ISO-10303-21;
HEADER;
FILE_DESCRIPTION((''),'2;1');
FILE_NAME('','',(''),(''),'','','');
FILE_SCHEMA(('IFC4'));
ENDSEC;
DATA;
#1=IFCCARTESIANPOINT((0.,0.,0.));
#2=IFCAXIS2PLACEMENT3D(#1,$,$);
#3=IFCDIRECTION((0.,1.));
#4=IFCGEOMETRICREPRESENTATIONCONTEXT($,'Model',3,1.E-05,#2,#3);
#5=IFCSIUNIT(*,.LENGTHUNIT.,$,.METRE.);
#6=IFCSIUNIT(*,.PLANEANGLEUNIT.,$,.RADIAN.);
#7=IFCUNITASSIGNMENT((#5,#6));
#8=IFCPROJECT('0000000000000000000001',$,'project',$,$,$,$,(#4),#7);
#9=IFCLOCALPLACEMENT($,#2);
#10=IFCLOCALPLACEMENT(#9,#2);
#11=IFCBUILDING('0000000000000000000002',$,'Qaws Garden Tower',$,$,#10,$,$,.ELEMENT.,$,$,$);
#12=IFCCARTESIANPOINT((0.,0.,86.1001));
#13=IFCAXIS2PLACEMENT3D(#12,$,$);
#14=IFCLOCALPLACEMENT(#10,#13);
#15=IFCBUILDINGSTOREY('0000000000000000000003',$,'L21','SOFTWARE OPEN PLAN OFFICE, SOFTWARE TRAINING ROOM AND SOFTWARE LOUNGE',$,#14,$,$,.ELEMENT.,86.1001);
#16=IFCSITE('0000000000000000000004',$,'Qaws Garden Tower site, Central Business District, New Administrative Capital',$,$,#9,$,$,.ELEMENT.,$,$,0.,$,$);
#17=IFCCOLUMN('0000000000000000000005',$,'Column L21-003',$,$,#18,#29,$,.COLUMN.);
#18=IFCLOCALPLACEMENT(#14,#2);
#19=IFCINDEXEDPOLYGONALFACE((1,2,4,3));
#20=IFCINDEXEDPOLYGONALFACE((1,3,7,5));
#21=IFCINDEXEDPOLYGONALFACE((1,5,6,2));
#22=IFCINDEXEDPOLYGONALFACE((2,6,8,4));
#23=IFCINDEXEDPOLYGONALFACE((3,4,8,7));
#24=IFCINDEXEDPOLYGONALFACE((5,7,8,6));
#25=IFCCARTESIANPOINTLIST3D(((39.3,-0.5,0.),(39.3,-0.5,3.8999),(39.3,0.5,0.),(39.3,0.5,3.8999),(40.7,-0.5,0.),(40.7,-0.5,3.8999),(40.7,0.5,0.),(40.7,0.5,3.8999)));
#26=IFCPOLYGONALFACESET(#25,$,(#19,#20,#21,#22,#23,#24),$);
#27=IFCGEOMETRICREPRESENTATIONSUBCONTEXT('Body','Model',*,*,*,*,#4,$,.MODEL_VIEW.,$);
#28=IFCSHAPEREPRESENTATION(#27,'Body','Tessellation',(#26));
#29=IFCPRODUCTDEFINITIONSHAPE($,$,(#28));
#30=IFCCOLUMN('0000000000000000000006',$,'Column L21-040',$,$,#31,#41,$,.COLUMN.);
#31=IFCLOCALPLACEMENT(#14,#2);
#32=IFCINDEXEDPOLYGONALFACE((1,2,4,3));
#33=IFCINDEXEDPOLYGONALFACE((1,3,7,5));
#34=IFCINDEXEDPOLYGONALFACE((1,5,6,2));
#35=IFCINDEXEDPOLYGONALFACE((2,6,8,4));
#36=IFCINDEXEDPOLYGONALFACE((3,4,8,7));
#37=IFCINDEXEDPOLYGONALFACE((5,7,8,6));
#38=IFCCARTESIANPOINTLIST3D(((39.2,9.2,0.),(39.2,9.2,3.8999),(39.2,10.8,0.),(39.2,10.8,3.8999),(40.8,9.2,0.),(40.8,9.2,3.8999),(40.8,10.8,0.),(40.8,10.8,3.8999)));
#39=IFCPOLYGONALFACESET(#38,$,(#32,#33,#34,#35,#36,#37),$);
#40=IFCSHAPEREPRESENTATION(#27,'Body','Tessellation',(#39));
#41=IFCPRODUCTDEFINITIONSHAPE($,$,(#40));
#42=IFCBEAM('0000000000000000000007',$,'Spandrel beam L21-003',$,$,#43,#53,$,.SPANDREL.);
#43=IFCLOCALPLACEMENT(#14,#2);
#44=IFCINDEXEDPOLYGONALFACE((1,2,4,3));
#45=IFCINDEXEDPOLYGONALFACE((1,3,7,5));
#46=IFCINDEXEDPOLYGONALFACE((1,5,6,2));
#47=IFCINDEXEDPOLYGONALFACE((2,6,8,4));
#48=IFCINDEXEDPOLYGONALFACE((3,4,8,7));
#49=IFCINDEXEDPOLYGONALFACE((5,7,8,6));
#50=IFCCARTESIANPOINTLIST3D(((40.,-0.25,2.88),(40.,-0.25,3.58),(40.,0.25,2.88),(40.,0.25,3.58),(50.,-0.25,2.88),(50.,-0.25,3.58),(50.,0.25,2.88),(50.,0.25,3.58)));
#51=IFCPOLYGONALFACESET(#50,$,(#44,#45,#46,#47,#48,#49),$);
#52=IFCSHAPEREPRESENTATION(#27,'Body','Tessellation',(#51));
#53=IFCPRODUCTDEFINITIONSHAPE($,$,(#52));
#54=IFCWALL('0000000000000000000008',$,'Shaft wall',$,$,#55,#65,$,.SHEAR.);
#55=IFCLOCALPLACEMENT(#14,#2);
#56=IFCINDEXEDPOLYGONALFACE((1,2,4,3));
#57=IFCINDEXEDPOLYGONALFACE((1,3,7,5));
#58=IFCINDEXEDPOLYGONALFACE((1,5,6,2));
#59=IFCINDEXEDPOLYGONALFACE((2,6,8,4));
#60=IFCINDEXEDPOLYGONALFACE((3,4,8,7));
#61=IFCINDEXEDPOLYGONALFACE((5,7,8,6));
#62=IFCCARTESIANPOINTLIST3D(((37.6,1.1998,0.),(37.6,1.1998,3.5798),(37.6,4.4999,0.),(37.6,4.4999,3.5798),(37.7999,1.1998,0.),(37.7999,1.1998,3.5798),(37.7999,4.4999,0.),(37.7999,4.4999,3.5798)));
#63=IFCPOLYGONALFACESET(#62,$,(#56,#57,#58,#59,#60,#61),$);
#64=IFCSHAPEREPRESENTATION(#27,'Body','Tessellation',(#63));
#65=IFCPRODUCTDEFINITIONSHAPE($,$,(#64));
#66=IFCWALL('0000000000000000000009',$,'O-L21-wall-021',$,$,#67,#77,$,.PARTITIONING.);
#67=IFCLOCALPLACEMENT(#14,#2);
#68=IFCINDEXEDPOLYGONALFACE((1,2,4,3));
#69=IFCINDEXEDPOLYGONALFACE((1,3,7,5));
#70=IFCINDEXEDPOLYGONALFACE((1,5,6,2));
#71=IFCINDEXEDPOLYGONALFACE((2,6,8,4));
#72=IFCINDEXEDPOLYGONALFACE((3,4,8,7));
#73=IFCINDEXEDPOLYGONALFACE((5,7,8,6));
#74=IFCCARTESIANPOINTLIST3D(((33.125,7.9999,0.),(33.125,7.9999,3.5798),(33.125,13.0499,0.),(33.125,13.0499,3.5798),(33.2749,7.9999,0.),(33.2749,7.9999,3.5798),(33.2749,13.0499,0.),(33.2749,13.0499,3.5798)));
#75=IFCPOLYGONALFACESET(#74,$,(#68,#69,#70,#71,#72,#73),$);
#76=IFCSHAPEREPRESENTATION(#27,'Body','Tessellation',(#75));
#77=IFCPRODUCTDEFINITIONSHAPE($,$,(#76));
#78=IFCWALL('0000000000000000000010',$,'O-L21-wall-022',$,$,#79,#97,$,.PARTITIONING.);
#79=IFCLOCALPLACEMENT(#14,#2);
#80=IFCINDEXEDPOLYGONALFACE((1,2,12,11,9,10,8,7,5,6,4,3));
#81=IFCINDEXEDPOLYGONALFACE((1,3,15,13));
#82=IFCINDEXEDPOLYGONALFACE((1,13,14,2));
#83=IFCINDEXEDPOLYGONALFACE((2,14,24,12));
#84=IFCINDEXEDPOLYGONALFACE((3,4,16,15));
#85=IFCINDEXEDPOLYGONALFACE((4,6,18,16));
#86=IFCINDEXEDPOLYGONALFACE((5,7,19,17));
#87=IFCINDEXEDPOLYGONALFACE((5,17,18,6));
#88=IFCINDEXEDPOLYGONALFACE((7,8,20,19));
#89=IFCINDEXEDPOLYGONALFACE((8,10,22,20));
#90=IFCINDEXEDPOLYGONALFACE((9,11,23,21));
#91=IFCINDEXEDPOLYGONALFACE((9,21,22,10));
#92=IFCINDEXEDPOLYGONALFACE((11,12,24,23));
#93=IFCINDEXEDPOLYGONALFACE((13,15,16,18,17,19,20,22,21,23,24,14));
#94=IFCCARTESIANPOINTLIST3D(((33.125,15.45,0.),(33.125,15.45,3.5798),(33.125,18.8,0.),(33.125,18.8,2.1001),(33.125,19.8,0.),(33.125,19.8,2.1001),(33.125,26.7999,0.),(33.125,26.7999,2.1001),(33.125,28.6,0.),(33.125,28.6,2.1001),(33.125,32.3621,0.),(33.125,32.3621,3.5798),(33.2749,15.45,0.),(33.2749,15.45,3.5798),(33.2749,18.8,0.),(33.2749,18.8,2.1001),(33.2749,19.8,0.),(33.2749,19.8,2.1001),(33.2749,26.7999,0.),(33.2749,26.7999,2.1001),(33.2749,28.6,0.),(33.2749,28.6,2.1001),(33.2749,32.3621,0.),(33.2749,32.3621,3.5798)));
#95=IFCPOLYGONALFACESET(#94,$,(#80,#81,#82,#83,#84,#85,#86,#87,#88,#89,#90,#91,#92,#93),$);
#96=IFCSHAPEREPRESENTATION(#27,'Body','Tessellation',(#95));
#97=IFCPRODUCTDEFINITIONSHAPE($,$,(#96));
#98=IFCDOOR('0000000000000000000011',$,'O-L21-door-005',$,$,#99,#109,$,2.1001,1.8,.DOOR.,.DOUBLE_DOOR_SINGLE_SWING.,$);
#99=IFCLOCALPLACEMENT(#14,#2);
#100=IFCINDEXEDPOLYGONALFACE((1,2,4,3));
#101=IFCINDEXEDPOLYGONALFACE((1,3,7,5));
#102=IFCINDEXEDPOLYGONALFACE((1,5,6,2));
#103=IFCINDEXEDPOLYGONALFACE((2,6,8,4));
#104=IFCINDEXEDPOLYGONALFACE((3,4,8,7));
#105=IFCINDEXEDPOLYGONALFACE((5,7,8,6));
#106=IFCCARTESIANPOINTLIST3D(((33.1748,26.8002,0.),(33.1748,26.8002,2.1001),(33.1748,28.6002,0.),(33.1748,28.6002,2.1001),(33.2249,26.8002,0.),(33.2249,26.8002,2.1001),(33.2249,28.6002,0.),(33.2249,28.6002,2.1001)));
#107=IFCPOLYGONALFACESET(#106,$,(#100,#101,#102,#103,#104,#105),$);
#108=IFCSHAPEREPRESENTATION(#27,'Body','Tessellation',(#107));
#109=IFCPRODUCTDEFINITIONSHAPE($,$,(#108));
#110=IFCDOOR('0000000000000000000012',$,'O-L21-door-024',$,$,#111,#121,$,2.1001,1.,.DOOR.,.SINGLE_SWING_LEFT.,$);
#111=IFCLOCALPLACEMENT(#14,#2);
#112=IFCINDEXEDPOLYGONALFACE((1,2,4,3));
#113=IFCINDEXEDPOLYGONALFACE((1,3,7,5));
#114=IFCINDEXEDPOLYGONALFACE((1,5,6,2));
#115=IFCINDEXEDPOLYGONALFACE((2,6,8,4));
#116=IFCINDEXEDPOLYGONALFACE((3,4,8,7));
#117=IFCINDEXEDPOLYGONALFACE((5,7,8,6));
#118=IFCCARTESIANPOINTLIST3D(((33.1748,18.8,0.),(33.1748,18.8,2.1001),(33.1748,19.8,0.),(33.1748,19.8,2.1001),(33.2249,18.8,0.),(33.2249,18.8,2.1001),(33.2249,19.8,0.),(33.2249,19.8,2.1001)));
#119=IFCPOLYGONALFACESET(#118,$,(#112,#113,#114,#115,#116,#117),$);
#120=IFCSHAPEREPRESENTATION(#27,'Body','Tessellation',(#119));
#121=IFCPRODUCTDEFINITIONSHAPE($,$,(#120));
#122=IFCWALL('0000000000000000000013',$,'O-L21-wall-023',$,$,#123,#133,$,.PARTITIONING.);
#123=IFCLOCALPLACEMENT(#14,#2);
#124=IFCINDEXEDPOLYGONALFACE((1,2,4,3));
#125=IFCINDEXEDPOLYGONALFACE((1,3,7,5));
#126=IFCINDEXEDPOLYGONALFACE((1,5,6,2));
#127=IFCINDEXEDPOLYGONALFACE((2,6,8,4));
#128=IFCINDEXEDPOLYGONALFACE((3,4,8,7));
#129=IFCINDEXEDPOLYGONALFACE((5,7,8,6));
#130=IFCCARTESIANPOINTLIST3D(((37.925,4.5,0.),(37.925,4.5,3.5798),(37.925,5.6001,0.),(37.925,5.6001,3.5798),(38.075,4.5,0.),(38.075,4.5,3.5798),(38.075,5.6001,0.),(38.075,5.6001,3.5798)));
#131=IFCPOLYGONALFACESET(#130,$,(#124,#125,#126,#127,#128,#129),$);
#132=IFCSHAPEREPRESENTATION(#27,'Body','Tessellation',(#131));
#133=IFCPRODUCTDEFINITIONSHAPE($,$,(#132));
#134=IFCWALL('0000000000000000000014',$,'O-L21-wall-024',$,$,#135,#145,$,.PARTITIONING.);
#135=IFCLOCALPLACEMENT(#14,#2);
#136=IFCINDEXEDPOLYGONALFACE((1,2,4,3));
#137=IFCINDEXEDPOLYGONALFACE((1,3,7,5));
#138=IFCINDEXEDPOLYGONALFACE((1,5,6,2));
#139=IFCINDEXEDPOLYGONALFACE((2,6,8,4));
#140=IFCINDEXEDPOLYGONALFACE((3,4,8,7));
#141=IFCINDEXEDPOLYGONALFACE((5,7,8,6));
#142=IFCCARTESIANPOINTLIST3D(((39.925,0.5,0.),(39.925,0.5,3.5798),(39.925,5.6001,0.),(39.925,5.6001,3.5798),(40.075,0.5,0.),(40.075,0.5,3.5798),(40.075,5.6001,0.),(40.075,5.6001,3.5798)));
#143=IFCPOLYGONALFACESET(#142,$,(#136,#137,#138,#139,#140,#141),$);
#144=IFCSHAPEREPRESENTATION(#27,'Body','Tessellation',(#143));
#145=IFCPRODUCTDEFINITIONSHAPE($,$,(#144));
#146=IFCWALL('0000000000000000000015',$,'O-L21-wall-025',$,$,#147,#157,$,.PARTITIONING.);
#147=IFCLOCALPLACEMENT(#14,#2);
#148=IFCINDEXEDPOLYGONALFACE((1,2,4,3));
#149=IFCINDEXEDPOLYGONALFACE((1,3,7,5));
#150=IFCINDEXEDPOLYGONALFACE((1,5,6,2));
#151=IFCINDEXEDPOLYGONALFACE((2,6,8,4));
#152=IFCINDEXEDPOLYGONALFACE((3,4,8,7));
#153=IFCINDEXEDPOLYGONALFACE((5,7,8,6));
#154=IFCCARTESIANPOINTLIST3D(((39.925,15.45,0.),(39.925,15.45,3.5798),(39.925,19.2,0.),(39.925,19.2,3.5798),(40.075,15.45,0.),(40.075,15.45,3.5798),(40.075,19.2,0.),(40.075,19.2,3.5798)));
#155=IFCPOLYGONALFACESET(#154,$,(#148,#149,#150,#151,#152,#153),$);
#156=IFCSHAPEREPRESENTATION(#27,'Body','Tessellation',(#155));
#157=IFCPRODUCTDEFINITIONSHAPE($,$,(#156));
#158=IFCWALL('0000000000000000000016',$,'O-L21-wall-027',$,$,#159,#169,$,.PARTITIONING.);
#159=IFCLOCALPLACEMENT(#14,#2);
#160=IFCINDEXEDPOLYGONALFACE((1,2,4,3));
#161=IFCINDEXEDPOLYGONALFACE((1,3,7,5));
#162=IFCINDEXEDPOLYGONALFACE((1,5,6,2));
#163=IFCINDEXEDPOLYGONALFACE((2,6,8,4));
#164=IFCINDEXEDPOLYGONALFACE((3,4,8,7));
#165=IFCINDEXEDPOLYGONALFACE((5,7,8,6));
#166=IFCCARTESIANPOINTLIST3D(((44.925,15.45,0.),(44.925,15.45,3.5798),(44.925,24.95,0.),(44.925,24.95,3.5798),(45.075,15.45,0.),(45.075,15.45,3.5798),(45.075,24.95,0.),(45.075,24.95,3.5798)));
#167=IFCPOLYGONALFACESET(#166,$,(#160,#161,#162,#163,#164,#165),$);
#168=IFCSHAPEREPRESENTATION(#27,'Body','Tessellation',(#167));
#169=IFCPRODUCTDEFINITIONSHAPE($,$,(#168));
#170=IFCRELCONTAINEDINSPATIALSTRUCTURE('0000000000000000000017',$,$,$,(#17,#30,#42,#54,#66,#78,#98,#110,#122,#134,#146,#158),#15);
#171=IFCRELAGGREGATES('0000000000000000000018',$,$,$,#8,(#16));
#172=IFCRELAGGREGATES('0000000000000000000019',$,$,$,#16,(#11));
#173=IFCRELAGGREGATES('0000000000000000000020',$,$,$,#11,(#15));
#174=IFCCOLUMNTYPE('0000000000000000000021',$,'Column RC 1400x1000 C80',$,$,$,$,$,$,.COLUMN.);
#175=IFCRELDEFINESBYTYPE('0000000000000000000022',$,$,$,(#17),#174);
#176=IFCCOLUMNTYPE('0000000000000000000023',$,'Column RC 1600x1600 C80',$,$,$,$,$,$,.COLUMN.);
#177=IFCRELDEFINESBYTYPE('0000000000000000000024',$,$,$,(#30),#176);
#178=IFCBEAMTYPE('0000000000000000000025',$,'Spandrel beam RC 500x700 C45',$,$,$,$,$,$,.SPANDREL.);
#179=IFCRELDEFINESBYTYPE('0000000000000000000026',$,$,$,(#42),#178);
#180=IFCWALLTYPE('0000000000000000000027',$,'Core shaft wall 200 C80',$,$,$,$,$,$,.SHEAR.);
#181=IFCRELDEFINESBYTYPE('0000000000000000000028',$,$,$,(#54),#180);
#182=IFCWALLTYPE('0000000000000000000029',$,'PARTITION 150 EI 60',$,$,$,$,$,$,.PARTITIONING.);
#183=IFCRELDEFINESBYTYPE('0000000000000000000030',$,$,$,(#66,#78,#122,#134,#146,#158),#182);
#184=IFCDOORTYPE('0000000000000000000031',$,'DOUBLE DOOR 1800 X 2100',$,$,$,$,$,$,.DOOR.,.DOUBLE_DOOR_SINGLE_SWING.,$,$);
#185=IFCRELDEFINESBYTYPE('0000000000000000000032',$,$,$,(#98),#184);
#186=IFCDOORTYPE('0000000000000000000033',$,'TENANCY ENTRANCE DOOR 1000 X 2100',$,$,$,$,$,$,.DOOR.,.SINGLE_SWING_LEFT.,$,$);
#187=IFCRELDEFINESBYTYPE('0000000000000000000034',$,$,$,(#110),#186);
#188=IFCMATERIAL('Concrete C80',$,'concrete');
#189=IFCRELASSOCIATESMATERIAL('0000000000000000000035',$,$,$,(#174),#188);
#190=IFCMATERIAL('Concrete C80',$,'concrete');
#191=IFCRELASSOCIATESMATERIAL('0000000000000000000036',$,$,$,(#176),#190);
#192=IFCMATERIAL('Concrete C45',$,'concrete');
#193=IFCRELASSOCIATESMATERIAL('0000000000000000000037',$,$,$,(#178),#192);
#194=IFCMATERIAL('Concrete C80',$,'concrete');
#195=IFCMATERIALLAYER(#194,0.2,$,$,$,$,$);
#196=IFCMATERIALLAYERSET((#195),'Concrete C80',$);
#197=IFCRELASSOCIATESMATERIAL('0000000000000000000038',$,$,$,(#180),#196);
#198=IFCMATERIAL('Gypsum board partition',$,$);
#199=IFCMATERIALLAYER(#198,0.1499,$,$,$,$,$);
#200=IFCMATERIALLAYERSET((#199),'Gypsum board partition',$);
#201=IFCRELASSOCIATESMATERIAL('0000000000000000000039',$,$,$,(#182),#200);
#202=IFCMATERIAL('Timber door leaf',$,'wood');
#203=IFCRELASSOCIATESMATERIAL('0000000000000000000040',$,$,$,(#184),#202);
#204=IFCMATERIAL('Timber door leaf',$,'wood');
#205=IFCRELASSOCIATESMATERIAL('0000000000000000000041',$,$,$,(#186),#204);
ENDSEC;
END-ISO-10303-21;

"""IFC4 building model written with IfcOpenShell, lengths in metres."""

from ifc_helpers import new_model, si_unit, direction, frame, frame_2d, origin, origin_2d, place, context, subcontext, project, spatial, rectangle, extrude, material, layer, layer_set, material_profile, profile_set, type_object, element, fill, save


model = new_model("IFC4")

# Units and contexts
model_context = context("Model", 3, precision=1e-05, world=origin(), true_north=direction((0.0, 1.0)))
body_context = subcontext(model_context, "Body", "Model", "MODEL_VIEW")
ifc_project = project(units=[si_unit("LENGTHUNIT", "METRE"), si_unit("PLANEANGLEUNIT", "RADIAN")], contexts=[model_context])

# Site, building, storey
site_placement = place(None, origin())
site = spatial("IfcSite", under=ifc_project, at=site_placement, Name="Qaws Garden Tower site, Central Business District, New Administrative Capital", CompositionType="ELEMENT", RefElevation=0.0)
building_placement = place(site_placement, origin())
building = spatial("IfcBuilding", under=site, at=building_placement, Name="Qaws Garden Tower", CompositionType="ELEMENT")
storey_placement = place(building_placement, frame((0.0, 0.0, 86.1001)))
storey = spatial("IfcBuildingStorey", under=building, at=storey_placement, Name="L21", Description="SOFTWARE OPEN PLAN OFFICE, SOFTWARE TRAINING ROOM AND SOFTWARE LOUNGE", CompositionType="ELEMENT", Elevation=86.1001)

# Columns
ifc_material_1 = material(Name="Concrete C80", Category="concrete")
ifc_material_profile_1 = material_profile(ifc_material_1, rectangle(XDim=1.3999, YDim=1.0, at=origin_2d()), Name="RC 1400x1000")
ifc_profile_set_1 = profile_set([ifc_material_profile_1], Name="Concrete C80")
column_type_1 = type_object("IfcColumnType", Name="Column RC 1400x1000 C80", PredefinedType="COLUMN", material=ifc_profile_set_1)
column_1_placement = place(storey_placement, frame((40.0, 0.0, 0.0), z_axis=(0.0, 0.0, 1.0), x_axis=(1.0, 0.0, 0.0)))
element("IfcColumn", 1, at=column_1_placement, inside=storey, type_object=column_type_1, Name="Column L21-003", PredefinedType="COLUMN", context=body_context, shape_type="SweptSolid", body=[
    extrude(rectangle(XDim=1.3999, YDim=1.0, at=origin_2d()), origin(), (0.0, 0.0, 1.0), 3.8999),
])
ifc_material_2 = material(Name="Concrete C80", Category="concrete")
ifc_material_profile_2 = material_profile(ifc_material_2, rectangle(XDim=1.6001, YDim=1.6001, at=origin_2d()), Name="RC 1600x1600")
ifc_profile_set_2 = profile_set([ifc_material_profile_2], Name="Concrete C80")
column_type_2 = type_object("IfcColumnType", Name="Column RC 1600x1600 C80", PredefinedType="COLUMN", material=ifc_profile_set_2)
column_2_placement = place(storey_placement, frame((40.0, 10.0, 0.0), z_axis=(0.0, 0.0, 1.0), x_axis=(1.0, 0.0, 0.0)))
element("IfcColumn", 2, at=column_2_placement, inside=storey, type_object=column_type_2, Name="Column L21-040", PredefinedType="COLUMN", context=body_context, shape_type="SweptSolid", body=[
    extrude(rectangle(XDim=1.6001, YDim=1.6001, at=origin_2d()), origin(), (0.0, 0.0, 1.0), 3.8999),
])

# Beam
ifc_material_3 = material(Name="Concrete C45", Category="concrete")
ifc_material_profile_3 = material_profile(ifc_material_3, rectangle(XDim=0.5, YDim=0.7, at=origin_2d()), Name="RC 500x700")
ifc_profile_set_3 = profile_set([ifc_material_profile_3], Name="Concrete C45")
beam_type = type_object("IfcBeamType", Name="Spandrel beam RC 500x700 C45", PredefinedType="SPANDREL", material=ifc_profile_set_3)
beam_placement = place(storey_placement, frame((40.0, 0.0, 3.23), z_axis=(1.0, 0.0, 0.0), x_axis=(0.0, 1.0, 0.0)))
element("IfcBeam", 3, at=beam_placement, inside=storey, type_object=beam_type, Name="Spandrel beam L21-003", PredefinedType="SPANDREL", context=body_context, shape_type="SweptSolid", body=[
    extrude(rectangle(XDim=0.5, YDim=0.7, at=origin_2d()), origin(), (0.0, 0.0, 1.0), 10.0),
])

# Walls
ifc_material_4 = material(Name="Concrete C80", Category="concrete")
ifc_layer_1 = layer(ifc_material_4, 0.2)
ifc_layer_set_1 = layer_set([ifc_layer_1], Name="Concrete C80")
wall_type_1 = type_object("IfcWallType", Name="Core shaft wall 200 C80", PredefinedType="SHEAR", material=ifc_layer_set_1)
wall_1_placement = place(storey_placement, frame((37.7, 1.2, 0.0), z_axis=(0.0, 0.0, 1.0), x_axis=(0.0, 1.0, 0.0)))
element("IfcWall", 4, at=wall_1_placement, inside=storey, type_object=wall_type_1, Name="Shaft wall", PredefinedType="SHEAR", context=body_context, shape_type="SweptSolid", body=[
    extrude(rectangle(XDim=3.3, YDim=0.2, at=frame_2d((1.6499, 0.0))), origin(), (0.0, 0.0, 1.0), 3.5798),
])
ifc_material_5 = material(Name="Gypsum board partition")
ifc_layer_2 = layer(ifc_material_5, 0.1499)
ifc_layer_set_2 = layer_set([ifc_layer_2], Name="Gypsum board partition")
wall_type_2 = type_object("IfcWallType", Name="PARTITION 150 EI 60", PredefinedType="PARTITIONING", material=ifc_layer_set_2)
wall_2_placement = place(storey_placement, frame((33.2, 8.0, 0.0), z_axis=(0.0, 0.0, 1.0), x_axis=(0.0, 1.0, 0.0)))
element("IfcWall", 5, at=wall_2_placement, inside=storey, type_object=wall_type_2, Name="O-L21-wall-021", PredefinedType="PARTITIONING", context=body_context, shape_type="SweptSolid", body=[
    extrude(rectangle(XDim=5.05, YDim=0.1499, at=frame_2d((2.5249, 0.0))), origin(), (0.0, 0.0, 1.0), 3.5798),
])

# Wall, openings, doors
wall_3_placement = place(storey_placement, frame((33.2, 15.45, 0.0), z_axis=(0.0, 0.0, 1.0), x_axis=(0.0, 1.0, 0.0)))
wall_3 = element("IfcWall", 6, at=wall_3_placement, inside=storey, type_object=wall_type_2, Name="O-L21-wall-022", PredefinedType="PARTITIONING", context=body_context, shape_type="SweptSolid", body=[
    extrude(rectangle(XDim=16.9121, YDim=0.1499, at=frame_2d((8.4561, 0.0))), origin(), (0.0, 0.0, 1.0), 3.5798),
])
opening_1_placement = place(wall_3_placement, frame((11.3501, 0.0, 0.0)))
opening_1 = element("IfcOpeningElement", 7, at=opening_1_placement, cuts=wall_3, PredefinedType="OPENING", context=body_context, shape_type="SweptSolid", body=[
    extrude(rectangle(XDim=1.8, YDim=2.1001, at=frame_2d((0.8999, 1.05))), frame((0.0, 0.085, 0.0), z_axis=(0.0, -1.0, 0.0), x_axis=(1.0, 0.0, 0.0)), (0.0, 0.0, 1.0), 0.1699),
])
opening_2_placement = place(wall_3_placement, frame((3.3501, 0.0, 0.0)))
opening_2 = element("IfcOpeningElement", 8, at=opening_2_placement, cuts=wall_3, PredefinedType="OPENING", context=body_context, shape_type="SweptSolid", body=[
    extrude(rectangle(XDim=1.0, YDim=2.1001, at=frame_2d((0.5, 1.05))), frame((0.0, 0.085, 0.0), z_axis=(0.0, -1.0, 0.0), x_axis=(1.0, 0.0, 0.0)), (0.0, 0.0, 1.0), 0.1699),
])
ifc_material_6 = material(Name="Timber door leaf", Category="wood")
door_type_1 = type_object("IfcDoorType", Name="DOUBLE DOOR 1800 X 2100", OperationType="DOUBLE_DOOR_SINGLE_SWING", PredefinedType="DOOR", material=ifc_material_6)
door_1_placement = place(opening_1_placement, frame((1.8, 0.0, 0.0), z_axis=(0.0, 0.0, 1.0), x_axis=(-1.0, 0.0, 0.0)))
door_1 = element("IfcDoor", 9, at=door_1_placement, inside=storey, type_object=door_type_1, Name="O-L21-door-005", OperationType="DOUBLE_DOOR_SINGLE_SWING", OverallHeight=2.1001, OverallWidth=1.8, PredefinedType="DOOR", context=body_context, shape_type="SweptSolid", body=[
    extrude(rectangle(XDim=1.8, YDim=2.1001, at=frame_2d((0.8999, 1.05))), frame((0.0, 0.0249, 0.0), z_axis=(0.0, -1.0, 0.0), x_axis=(1.0, 0.0, 0.0)), (0.0, 0.0, 1.0), 0.05),
])
fill(opening_1, door_1)
ifc_material_7 = material(Name="Timber door leaf", Category="wood")
door_type_2 = type_object("IfcDoorType", Name="TENANCY ENTRANCE DOOR 1000 X 2100", OperationType="SINGLE_SWING_LEFT", PredefinedType="DOOR", material=ifc_material_7)
door_2_placement = place(opening_2_placement, frame((1.0, 0.0, 0.0), z_axis=(0.0, 0.0, 1.0), x_axis=(-1.0, 0.0, 0.0)))
door_2 = element("IfcDoor", 10, at=door_2_placement, inside=storey, type_object=door_type_2, Name="O-L21-door-024", OperationType="SINGLE_SWING_LEFT", OverallHeight=2.1001, OverallWidth=1.0, PredefinedType="DOOR", context=body_context, shape_type="SweptSolid", body=[
    extrude(rectangle(XDim=1.0, YDim=2.1001, at=frame_2d((0.5, 1.05))), frame((0.0, 0.0249, 0.0), z_axis=(0.0, -1.0, 0.0), x_axis=(1.0, 0.0, 0.0)), (0.0, 0.0, 1.0), 0.05),
])
fill(opening_2, door_2)

# Walls
wall_4_placement = place(storey_placement, frame((38.0, 4.5, 0.0), z_axis=(0.0, 0.0, 1.0), x_axis=(0.0, 1.0, 0.0)))
element("IfcWall", 11, at=wall_4_placement, inside=storey, type_object=wall_type_2, Name="O-L21-wall-023", PredefinedType="PARTITIONING", context=body_context, shape_type="SweptSolid", body=[
    extrude(rectangle(XDim=1.1001, YDim=0.1499, at=frame_2d((0.55, 0.0))), origin(), (0.0, 0.0, 1.0), 3.5798),
])
wall_5_placement = place(storey_placement, frame((40.0, 0.5, 0.0), z_axis=(0.0, 0.0, 1.0), x_axis=(0.0, 1.0, 0.0)))
element("IfcWall", 12, at=wall_5_placement, inside=storey, type_object=wall_type_2, Name="O-L21-wall-024", PredefinedType="PARTITIONING", context=body_context, shape_type="SweptSolid", body=[
    extrude(rectangle(XDim=5.1001, YDim=0.1499, at=frame_2d((2.55, 0.0))), origin(), (0.0, 0.0, 1.0), 3.5798),
])
wall_6_placement = place(storey_placement, frame((40.0, 15.45, 0.0), z_axis=(0.0, 0.0, 1.0), x_axis=(0.0, 1.0, 0.0)))
element("IfcWall", 13, at=wall_6_placement, inside=storey, type_object=wall_type_2, Name="O-L21-wall-025", PredefinedType="PARTITIONING", context=body_context, shape_type="SweptSolid", body=[
    extrude(rectangle(XDim=3.75, YDim=0.1499, at=frame_2d((1.875, 0.0))), origin(), (0.0, 0.0, 1.0), 3.5798),
])
wall_7_placement = place(storey_placement, frame((45.0, 15.45, 0.0), z_axis=(0.0, 0.0, 1.0), x_axis=(0.0, 1.0, 0.0)))
element("IfcWall", 14, at=wall_7_placement, inside=storey, type_object=wall_type_2, Name="O-L21-wall-027", PredefinedType="PARTITIONING", context=body_context, shape_type="SweptSolid", body=[
    extrude(rectangle(XDim=9.5, YDim=0.1499, at=frame_2d((4.75, 0.0))), origin(), (0.0, 0.0, 1.0), 3.5798),
])

save(model, "model.ifc")
